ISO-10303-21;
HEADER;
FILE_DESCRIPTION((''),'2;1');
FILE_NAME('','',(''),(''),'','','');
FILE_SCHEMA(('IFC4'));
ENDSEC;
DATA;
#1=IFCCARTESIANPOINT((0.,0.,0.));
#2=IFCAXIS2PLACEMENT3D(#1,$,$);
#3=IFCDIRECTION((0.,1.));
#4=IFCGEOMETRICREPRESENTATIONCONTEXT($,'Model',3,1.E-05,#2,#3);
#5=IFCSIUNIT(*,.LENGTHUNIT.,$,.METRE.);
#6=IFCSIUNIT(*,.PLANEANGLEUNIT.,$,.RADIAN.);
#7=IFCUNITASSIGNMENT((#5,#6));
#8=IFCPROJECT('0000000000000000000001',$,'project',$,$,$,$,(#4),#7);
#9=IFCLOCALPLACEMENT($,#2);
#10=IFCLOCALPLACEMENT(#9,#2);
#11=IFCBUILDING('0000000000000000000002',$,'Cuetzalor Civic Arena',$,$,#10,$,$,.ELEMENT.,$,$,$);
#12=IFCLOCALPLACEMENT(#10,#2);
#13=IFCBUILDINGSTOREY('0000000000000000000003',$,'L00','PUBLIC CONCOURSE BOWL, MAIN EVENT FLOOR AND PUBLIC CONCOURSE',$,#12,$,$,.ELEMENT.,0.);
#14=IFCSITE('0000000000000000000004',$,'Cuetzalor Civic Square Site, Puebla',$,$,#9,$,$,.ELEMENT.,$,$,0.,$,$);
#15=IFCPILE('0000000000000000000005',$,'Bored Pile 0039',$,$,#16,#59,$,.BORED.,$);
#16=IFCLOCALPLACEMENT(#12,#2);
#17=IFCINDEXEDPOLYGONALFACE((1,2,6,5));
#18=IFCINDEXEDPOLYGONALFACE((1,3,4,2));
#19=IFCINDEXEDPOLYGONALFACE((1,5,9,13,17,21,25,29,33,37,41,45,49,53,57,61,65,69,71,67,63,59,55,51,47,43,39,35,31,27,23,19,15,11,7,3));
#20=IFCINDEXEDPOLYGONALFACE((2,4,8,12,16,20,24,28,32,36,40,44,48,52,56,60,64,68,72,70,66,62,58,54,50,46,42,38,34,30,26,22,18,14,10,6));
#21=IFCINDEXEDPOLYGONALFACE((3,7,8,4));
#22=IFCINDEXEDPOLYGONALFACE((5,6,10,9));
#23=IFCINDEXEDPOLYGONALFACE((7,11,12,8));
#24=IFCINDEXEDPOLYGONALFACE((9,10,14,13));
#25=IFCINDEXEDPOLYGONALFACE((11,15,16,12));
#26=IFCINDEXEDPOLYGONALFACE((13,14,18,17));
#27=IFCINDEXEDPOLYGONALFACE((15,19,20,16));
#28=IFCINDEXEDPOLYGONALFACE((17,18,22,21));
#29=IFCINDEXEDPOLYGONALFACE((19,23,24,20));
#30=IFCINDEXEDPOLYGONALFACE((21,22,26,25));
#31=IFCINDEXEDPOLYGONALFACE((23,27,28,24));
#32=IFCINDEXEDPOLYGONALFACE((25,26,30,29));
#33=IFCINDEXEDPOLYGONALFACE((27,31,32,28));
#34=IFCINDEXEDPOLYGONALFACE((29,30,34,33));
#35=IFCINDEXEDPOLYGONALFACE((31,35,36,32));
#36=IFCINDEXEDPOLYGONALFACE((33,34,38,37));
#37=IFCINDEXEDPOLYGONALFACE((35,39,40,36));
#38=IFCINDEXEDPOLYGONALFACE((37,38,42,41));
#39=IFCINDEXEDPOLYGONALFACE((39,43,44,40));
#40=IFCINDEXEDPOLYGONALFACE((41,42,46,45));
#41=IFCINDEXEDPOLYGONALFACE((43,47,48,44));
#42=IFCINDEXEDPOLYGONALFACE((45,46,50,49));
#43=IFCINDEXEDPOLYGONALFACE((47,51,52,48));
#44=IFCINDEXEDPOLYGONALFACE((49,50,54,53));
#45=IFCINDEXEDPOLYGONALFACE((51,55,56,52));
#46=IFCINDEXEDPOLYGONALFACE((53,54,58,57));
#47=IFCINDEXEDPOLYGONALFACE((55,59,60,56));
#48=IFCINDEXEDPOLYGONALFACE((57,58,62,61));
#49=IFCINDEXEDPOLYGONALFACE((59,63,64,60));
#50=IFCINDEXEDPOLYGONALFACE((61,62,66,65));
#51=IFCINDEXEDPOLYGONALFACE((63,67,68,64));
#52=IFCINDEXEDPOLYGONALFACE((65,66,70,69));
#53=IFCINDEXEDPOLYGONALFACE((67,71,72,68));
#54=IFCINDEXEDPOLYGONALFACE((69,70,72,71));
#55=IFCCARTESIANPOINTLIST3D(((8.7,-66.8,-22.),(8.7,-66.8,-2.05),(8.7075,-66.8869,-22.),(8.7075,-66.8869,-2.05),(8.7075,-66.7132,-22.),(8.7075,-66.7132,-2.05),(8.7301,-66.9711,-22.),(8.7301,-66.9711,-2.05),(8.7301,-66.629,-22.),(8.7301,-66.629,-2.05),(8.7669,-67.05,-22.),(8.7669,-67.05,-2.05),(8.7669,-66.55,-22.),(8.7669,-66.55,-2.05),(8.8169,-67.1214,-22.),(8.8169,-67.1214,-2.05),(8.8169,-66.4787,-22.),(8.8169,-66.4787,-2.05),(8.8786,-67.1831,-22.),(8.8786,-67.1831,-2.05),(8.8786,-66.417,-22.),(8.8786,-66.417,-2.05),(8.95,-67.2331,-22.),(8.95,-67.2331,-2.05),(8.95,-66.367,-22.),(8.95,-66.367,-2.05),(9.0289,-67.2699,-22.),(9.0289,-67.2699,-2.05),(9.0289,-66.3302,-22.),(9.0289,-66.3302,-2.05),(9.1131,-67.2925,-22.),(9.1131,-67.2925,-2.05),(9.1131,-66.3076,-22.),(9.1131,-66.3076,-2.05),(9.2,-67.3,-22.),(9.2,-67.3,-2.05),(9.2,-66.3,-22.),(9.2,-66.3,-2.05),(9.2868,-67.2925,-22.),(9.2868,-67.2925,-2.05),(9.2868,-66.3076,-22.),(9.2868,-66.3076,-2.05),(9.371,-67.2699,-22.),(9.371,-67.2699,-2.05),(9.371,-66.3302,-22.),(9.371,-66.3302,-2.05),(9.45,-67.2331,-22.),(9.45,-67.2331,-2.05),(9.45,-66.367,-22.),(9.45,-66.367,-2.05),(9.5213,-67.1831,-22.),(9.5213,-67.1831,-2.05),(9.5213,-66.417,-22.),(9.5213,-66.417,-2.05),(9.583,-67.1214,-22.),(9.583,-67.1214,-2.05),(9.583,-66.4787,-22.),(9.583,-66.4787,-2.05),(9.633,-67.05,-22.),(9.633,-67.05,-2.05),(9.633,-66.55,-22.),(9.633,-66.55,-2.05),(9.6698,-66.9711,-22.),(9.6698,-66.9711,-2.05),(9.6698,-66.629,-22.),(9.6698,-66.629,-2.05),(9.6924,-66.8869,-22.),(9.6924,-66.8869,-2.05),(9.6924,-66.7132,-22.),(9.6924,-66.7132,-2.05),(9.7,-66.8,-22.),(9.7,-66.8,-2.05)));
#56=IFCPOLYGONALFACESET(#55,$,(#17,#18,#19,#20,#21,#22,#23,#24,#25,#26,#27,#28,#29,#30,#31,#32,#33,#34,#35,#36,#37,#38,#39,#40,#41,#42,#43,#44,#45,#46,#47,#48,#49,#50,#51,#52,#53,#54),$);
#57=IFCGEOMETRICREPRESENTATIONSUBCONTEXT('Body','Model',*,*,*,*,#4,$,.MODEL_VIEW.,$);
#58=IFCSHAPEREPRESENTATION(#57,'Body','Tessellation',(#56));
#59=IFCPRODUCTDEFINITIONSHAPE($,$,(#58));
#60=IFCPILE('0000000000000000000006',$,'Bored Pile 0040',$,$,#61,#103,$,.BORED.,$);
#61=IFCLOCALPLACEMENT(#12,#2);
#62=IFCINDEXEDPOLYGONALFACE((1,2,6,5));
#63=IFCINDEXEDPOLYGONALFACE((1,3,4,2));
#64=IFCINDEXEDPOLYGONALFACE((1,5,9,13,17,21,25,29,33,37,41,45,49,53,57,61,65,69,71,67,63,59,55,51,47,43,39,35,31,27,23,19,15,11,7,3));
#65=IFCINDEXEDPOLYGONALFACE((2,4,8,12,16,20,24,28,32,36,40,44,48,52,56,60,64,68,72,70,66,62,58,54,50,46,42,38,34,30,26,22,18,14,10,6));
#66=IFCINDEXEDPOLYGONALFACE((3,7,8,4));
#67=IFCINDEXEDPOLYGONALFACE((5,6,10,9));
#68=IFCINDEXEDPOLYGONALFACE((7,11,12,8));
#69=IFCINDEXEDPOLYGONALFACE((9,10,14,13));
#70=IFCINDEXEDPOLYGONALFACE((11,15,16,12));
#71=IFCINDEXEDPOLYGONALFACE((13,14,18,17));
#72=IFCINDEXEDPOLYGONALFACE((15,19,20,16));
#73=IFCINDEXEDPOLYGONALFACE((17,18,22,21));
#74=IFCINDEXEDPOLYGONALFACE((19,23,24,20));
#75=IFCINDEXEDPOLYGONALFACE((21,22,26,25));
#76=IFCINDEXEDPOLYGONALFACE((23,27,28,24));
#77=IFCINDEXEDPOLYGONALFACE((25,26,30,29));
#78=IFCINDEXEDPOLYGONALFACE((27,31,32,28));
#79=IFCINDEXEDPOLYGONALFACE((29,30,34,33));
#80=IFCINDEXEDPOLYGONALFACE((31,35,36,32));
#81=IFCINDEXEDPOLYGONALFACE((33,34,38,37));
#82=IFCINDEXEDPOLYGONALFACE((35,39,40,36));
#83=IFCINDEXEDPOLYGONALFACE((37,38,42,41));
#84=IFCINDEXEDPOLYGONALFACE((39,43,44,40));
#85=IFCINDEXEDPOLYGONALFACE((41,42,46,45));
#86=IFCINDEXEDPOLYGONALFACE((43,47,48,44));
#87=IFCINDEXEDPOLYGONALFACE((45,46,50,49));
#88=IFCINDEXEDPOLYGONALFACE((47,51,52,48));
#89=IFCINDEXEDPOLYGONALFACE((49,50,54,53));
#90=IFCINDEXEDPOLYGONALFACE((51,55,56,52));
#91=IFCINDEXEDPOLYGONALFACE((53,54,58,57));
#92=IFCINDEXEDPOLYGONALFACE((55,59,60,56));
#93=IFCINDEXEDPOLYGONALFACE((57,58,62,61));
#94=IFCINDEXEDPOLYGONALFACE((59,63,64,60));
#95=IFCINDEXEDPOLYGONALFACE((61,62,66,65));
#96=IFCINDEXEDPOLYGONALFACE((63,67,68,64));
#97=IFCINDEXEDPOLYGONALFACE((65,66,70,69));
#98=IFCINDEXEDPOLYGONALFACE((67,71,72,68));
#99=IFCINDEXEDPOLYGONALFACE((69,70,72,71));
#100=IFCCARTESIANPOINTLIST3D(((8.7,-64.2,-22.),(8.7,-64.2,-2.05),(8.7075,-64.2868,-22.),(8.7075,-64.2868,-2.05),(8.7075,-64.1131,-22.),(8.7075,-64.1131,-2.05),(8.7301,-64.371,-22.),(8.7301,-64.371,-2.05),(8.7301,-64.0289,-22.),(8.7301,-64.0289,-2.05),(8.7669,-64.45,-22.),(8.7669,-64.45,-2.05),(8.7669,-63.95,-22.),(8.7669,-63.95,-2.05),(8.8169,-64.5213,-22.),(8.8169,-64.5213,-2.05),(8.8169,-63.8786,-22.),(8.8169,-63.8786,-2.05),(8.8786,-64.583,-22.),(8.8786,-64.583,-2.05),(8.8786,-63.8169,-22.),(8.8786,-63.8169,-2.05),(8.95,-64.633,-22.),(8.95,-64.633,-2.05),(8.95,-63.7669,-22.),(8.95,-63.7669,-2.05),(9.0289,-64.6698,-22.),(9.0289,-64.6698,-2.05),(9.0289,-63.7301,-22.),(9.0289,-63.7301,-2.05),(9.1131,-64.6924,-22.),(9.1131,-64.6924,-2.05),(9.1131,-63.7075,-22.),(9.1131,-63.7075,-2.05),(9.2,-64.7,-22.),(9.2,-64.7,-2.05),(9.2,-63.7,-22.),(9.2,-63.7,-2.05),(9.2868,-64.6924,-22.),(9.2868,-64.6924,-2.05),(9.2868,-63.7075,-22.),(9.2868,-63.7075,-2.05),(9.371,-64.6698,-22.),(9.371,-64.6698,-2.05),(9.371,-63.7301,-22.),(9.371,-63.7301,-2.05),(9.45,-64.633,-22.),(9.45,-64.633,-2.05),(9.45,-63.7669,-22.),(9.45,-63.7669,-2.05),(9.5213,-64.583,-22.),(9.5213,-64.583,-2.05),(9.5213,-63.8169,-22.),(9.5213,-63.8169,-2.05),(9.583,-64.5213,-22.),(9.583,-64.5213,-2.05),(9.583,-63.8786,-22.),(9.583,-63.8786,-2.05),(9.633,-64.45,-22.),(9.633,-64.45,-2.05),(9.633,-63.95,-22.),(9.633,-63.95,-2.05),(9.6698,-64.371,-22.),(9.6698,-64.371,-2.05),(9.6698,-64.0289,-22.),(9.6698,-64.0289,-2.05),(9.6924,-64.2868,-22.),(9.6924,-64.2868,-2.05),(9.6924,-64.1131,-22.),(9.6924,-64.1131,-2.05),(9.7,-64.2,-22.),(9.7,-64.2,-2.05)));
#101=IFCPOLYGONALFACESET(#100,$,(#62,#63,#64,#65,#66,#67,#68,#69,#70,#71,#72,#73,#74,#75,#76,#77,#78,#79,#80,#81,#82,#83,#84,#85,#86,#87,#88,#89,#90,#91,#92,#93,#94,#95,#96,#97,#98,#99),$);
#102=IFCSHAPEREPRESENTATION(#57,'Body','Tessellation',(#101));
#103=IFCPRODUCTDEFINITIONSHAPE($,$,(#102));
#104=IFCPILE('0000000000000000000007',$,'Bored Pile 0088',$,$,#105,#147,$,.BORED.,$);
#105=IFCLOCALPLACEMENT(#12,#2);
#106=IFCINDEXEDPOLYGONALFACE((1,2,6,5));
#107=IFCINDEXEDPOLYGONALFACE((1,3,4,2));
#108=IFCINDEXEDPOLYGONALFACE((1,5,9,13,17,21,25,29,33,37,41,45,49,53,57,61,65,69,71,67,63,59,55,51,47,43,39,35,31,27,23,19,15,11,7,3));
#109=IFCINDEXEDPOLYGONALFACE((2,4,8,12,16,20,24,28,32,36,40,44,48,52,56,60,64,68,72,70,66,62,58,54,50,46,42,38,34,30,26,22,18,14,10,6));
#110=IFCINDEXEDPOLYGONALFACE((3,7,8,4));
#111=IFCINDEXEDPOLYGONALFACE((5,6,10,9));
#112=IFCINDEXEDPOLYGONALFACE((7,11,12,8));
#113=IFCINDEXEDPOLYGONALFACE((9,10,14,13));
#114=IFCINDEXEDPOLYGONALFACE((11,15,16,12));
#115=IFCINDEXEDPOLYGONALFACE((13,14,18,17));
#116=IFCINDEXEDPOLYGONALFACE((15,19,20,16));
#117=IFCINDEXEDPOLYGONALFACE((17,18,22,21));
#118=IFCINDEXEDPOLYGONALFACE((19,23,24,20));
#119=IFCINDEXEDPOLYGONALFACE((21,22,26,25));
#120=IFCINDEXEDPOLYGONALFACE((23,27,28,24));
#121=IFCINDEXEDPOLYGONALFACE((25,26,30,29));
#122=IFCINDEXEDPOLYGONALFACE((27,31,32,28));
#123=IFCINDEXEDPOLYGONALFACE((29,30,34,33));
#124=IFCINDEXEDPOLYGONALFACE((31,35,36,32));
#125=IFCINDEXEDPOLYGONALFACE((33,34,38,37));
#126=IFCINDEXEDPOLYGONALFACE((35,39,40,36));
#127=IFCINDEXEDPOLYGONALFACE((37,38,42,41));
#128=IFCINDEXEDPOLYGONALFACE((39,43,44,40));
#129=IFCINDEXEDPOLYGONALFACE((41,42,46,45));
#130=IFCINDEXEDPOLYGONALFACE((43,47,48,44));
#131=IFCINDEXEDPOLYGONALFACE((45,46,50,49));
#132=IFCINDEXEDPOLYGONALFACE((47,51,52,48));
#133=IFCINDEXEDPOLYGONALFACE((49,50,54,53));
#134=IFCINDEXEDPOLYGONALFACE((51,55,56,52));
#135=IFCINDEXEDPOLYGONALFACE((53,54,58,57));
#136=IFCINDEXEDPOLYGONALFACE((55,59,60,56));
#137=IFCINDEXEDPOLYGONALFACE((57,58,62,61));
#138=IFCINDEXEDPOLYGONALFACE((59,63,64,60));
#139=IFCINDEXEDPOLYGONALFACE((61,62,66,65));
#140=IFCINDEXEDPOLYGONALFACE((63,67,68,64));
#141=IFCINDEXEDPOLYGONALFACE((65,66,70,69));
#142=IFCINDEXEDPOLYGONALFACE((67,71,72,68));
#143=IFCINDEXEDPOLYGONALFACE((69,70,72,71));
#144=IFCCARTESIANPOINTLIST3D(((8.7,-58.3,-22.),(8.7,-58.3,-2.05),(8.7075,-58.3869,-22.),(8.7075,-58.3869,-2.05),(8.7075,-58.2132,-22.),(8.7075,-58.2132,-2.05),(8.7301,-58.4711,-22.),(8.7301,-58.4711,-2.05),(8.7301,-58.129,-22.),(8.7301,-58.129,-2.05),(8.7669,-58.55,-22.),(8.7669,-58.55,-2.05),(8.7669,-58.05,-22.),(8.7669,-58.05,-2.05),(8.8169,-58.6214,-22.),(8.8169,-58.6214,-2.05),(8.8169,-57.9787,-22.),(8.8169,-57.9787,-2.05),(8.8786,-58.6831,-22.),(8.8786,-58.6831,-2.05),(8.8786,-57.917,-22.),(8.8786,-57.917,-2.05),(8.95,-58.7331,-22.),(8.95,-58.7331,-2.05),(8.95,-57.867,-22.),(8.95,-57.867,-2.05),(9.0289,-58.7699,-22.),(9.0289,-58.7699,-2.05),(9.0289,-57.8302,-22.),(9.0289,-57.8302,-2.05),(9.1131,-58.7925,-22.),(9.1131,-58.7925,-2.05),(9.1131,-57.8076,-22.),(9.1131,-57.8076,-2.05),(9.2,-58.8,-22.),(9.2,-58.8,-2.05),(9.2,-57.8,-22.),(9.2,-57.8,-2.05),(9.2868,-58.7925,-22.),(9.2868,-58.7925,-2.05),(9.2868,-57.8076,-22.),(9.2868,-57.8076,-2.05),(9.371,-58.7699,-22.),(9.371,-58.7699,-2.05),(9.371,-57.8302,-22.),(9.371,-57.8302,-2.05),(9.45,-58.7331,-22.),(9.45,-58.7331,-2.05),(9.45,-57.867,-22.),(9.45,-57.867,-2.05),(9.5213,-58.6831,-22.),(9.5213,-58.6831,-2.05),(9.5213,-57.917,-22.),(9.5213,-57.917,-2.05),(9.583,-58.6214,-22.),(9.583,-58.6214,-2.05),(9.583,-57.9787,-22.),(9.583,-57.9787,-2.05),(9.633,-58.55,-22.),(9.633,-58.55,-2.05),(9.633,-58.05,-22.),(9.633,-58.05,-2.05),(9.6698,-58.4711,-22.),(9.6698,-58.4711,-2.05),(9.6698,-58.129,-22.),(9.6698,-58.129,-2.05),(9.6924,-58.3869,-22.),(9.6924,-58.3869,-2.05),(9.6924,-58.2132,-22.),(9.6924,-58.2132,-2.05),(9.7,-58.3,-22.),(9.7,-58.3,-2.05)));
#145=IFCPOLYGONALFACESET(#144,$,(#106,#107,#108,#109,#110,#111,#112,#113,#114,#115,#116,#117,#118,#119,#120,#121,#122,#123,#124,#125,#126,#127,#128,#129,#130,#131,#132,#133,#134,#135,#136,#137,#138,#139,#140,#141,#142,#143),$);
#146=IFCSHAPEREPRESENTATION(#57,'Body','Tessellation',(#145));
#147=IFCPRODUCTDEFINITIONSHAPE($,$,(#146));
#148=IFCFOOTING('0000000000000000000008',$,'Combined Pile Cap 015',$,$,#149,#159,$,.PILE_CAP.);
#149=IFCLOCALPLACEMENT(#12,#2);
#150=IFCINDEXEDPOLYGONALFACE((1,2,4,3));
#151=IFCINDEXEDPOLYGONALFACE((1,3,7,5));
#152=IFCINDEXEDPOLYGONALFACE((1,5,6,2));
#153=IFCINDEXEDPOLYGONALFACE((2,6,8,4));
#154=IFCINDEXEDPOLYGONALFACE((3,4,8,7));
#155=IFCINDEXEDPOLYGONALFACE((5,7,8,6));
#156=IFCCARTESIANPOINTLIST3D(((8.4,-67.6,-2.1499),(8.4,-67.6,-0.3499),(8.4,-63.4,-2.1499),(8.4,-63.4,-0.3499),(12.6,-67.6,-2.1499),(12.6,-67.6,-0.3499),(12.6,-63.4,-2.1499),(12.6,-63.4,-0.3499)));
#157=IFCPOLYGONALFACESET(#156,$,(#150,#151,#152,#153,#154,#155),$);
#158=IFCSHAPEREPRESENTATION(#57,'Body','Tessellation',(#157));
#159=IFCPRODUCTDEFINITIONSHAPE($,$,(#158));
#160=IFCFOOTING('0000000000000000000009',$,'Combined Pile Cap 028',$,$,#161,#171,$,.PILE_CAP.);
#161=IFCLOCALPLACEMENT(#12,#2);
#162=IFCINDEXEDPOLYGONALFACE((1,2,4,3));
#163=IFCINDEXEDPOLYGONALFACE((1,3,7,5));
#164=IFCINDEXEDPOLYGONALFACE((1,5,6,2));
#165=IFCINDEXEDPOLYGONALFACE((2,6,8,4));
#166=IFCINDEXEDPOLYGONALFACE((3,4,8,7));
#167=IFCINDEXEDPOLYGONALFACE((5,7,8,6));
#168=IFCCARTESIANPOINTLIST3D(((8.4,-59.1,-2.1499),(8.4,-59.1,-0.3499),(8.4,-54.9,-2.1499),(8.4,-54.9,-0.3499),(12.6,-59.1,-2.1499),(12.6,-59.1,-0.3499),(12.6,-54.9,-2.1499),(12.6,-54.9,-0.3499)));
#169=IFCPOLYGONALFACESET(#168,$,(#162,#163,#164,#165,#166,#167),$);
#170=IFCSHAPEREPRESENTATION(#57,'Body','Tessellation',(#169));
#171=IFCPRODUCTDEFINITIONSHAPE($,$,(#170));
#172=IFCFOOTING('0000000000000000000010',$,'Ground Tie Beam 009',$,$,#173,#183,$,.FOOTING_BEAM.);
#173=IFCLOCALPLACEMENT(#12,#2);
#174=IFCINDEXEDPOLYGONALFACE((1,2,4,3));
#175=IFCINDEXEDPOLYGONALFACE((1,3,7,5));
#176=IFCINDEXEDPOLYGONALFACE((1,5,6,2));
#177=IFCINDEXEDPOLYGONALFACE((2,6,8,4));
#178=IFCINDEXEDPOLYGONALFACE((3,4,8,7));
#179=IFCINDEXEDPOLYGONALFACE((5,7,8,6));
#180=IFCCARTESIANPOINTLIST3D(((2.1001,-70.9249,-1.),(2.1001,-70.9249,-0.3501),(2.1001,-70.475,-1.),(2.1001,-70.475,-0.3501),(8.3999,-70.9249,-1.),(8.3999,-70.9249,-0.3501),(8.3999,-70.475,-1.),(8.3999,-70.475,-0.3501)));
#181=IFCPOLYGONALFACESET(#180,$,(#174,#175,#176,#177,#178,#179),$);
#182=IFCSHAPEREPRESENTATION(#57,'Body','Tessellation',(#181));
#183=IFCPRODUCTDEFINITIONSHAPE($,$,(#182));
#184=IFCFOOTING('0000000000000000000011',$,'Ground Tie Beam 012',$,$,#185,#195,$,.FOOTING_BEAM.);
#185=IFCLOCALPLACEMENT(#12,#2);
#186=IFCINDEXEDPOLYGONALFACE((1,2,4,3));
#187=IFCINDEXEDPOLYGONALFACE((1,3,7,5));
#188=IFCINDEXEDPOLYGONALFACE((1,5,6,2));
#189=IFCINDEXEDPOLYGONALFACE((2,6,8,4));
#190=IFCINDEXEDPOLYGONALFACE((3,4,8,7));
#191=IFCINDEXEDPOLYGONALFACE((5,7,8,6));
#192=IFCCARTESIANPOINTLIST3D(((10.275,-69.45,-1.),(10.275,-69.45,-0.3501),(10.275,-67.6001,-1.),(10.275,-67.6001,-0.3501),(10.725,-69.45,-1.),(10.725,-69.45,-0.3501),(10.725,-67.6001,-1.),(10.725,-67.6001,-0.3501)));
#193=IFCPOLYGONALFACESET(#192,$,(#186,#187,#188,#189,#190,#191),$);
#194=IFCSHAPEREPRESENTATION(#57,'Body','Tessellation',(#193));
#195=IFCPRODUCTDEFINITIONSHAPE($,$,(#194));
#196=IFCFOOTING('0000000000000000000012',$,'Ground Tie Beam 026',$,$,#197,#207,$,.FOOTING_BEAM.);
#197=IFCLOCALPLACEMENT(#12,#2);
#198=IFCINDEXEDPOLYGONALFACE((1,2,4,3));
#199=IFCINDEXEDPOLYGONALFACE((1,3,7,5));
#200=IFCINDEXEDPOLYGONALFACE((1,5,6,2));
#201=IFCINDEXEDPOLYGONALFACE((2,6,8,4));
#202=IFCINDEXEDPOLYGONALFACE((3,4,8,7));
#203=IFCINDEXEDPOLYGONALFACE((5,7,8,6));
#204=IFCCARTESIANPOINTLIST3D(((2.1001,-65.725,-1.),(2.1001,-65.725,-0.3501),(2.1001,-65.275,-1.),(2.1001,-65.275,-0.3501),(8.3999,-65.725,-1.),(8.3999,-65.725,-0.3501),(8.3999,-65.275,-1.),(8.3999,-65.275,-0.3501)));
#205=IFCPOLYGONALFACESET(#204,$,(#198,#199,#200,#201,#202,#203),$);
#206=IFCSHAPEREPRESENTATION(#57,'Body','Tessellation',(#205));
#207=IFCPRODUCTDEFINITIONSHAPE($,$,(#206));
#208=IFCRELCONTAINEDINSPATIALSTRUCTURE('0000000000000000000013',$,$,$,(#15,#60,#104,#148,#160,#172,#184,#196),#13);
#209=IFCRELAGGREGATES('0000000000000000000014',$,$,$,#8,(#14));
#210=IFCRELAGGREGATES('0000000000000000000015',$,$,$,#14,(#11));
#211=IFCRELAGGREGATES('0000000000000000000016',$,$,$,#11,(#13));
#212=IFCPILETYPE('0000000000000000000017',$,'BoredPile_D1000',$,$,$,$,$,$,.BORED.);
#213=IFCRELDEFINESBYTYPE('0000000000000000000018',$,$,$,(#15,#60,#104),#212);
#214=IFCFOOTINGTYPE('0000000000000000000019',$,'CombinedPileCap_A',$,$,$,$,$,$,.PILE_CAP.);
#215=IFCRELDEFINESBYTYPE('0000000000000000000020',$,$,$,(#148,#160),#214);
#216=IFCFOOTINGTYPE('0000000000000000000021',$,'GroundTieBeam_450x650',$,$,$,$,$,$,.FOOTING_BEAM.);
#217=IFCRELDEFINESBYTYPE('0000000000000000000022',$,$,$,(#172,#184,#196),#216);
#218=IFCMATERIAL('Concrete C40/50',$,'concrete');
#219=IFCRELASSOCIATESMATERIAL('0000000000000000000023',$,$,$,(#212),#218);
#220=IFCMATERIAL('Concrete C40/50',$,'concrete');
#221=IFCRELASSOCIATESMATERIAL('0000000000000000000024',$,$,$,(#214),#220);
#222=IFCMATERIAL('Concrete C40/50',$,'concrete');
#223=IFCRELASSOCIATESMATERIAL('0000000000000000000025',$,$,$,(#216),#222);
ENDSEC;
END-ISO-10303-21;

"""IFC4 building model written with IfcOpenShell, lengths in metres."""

from ifc_helpers import new_model, si_unit, direction, frame, origin, origin_2d, place, context, subcontext, project, spatial, rectangle, circle, extrude, material, material_profile, profile_set, type_object, element, save


model = new_model("IFC4")

# Units and contexts
model_context = context("Model", 3, precision=1e-05, world=origin(), true_north=direction((0.0, 1.0)))
body_context = subcontext(model_context, "Body", "Model", "MODEL_VIEW")
ifc_project = project(units=[si_unit("LENGTHUNIT", "METRE"), si_unit("PLANEANGLEUNIT", "RADIAN")], contexts=[model_context])

# Site, building, storey
site_placement = place(None, origin())
site = spatial("IfcSite", under=ifc_project, at=site_placement, Name="Cuetzalor Civic Square Site, Puebla", CompositionType="ELEMENT", RefElevation=0.0)
building_placement = place(site_placement, origin())
building = spatial("IfcBuilding", under=site, at=building_placement, Name="Cuetzalor Civic Arena", CompositionType="ELEMENT")
storey_placement = place(building_placement, origin())
storey = spatial("IfcBuildingStorey", under=building, at=storey_placement, Name="L00", Description="PUBLIC CONCOURSE BOWL, MAIN EVENT FLOOR AND PUBLIC CONCOURSE", CompositionType="ELEMENT", Elevation=0.0)

# Piles
ifc_material_1 = material(Name="Concrete C40/50", Category="concrete")
ifc_material_profile_1 = material_profile(ifc_material_1, circle(Radius=0.5, at=origin_2d()), Name="BORED PILE D1000")
ifc_profile_set_1 = profile_set([ifc_material_profile_1], Name="Concrete C40/50")
pile_type = type_object("IfcPileType", Name="BoredPile_D1000", PredefinedType="BORED", material=ifc_profile_set_1)
for number, where, z_axis, x_axis, name in (
    (1, (9.2, -66.8, -2.05), (0.0, 0.0, -1.0), (1.0, 0.0, 0.0), "Bored Pile 0039"),
    (2, (9.2, -64.2, -2.05), (0.0, 0.0, -1.0), (1.0, 0.0, 0.0), "Bored Pile 0040"),
    (3, (9.2, -58.3, -2.05), (0.0, 0.0, -1.0), (1.0, 0.0, 0.0), "Bored Pile 0088"),
):
    element("IfcPile", number, at=place(storey_placement, frame(where, z_axis=z_axis, x_axis=x_axis)), inside=storey, type_object=pile_type, Name=name, PredefinedType="BORED", context=body_context, shape_type="SweptSolid", body=[
        extrude(circle(Radius=0.5, at=origin_2d()), origin(), (0.0, 0.0, 1.0), 19.95),
    ])

# Footings
ifc_material_2 = material(Name="Concrete C40/50", Category="concrete")
footing_type_1 = type_object("IfcFootingType", Name="CombinedPileCap_A", PredefinedType="PILE_CAP", material=ifc_material_2)
for number, where, z_axis, x_axis, name in (
    (4, (10.5, -65.5, -2.1499), (0.0, 0.0, 1.0), (1.0, 0.0, 0.0), "Combined Pile Cap 015"),
    (5, (10.5, -57.0, -2.1499), (0.0, 0.0, 1.0), (1.0, 0.0, 0.0), "Combined Pile Cap 028"),
):
    element("IfcFooting", number, at=place(storey_placement, frame(where, z_axis=z_axis, x_axis=x_axis)), inside=storey, type_object=footing_type_1, Name=name, PredefinedType="PILE_CAP", context=body_context, shape_type="SweptSolid", body=[
        extrude(rectangle(XDim=4.2, YDim=4.2, at=origin_2d()), origin(), (0.0, 0.0, 1.0), 1.8),
    ])
ifc_material_3 = material(Name="Concrete C40/50", Category="concrete")
ifc_material_profile_2 = material_profile(ifc_material_3, rectangle(XDim=0.45, YDim=0.6499, at=origin_2d()), Name="RC 450x650")
ifc_profile_set_2 = profile_set([ifc_material_profile_2], Name="Concrete C40/50")
footing_type_2 = type_object("IfcFootingType", Name="GroundTieBeam_450x650", PredefinedType="FOOTING_BEAM", material=ifc_profile_set_2)
footing_1_placement = place(storey_placement, frame((2.1001, -70.7, -0.675), z_axis=(1.0, 0.0, 0.0), x_axis=(0.0, 1.0, 0.0)))
element("IfcFooting", 6, at=footing_1_placement, inside=storey, type_object=footing_type_2, Name="Ground Tie Beam 009", PredefinedType="FOOTING_BEAM", context=body_context, shape_type="SweptSolid", body=[
    extrude(rectangle(XDim=0.45, YDim=0.6499, at=origin_2d()), origin(), (0.0, 0.0, 1.0), 6.2998),
])
footing_2_placement = place(storey_placement, frame((10.5, -69.45, -0.675), z_axis=(0.0, 1.0, 0.0), x_axis=(-1.0, 0.0, 0.0)))
element("IfcFooting", 7, at=footing_2_placement, inside=storey, type_object=footing_type_2, Name="Ground Tie Beam 012", PredefinedType="FOOTING_BEAM", context=body_context, shape_type="SweptSolid", body=[
    extrude(rectangle(XDim=0.45, YDim=0.6499, at=origin_2d()), origin(), (0.0, 0.0, 1.0), 1.8499),
])
footing_3_placement = place(storey_placement, frame((2.1001, -65.5, -0.675), z_axis=(1.0, 0.0, 0.0), x_axis=(0.0, 1.0, 0.0)))
element("IfcFooting", 8, at=footing_3_placement, inside=storey, type_object=footing_type_2, Name="Ground Tie Beam 026", PredefinedType="FOOTING_BEAM", context=body_context, shape_type="SweptSolid", body=[
    extrude(rectangle(XDim=0.45, YDim=0.6499, at=origin_2d()), origin(), (0.0, 0.0, 1.0), 6.2998),
])

save(model, "model.ifc")
